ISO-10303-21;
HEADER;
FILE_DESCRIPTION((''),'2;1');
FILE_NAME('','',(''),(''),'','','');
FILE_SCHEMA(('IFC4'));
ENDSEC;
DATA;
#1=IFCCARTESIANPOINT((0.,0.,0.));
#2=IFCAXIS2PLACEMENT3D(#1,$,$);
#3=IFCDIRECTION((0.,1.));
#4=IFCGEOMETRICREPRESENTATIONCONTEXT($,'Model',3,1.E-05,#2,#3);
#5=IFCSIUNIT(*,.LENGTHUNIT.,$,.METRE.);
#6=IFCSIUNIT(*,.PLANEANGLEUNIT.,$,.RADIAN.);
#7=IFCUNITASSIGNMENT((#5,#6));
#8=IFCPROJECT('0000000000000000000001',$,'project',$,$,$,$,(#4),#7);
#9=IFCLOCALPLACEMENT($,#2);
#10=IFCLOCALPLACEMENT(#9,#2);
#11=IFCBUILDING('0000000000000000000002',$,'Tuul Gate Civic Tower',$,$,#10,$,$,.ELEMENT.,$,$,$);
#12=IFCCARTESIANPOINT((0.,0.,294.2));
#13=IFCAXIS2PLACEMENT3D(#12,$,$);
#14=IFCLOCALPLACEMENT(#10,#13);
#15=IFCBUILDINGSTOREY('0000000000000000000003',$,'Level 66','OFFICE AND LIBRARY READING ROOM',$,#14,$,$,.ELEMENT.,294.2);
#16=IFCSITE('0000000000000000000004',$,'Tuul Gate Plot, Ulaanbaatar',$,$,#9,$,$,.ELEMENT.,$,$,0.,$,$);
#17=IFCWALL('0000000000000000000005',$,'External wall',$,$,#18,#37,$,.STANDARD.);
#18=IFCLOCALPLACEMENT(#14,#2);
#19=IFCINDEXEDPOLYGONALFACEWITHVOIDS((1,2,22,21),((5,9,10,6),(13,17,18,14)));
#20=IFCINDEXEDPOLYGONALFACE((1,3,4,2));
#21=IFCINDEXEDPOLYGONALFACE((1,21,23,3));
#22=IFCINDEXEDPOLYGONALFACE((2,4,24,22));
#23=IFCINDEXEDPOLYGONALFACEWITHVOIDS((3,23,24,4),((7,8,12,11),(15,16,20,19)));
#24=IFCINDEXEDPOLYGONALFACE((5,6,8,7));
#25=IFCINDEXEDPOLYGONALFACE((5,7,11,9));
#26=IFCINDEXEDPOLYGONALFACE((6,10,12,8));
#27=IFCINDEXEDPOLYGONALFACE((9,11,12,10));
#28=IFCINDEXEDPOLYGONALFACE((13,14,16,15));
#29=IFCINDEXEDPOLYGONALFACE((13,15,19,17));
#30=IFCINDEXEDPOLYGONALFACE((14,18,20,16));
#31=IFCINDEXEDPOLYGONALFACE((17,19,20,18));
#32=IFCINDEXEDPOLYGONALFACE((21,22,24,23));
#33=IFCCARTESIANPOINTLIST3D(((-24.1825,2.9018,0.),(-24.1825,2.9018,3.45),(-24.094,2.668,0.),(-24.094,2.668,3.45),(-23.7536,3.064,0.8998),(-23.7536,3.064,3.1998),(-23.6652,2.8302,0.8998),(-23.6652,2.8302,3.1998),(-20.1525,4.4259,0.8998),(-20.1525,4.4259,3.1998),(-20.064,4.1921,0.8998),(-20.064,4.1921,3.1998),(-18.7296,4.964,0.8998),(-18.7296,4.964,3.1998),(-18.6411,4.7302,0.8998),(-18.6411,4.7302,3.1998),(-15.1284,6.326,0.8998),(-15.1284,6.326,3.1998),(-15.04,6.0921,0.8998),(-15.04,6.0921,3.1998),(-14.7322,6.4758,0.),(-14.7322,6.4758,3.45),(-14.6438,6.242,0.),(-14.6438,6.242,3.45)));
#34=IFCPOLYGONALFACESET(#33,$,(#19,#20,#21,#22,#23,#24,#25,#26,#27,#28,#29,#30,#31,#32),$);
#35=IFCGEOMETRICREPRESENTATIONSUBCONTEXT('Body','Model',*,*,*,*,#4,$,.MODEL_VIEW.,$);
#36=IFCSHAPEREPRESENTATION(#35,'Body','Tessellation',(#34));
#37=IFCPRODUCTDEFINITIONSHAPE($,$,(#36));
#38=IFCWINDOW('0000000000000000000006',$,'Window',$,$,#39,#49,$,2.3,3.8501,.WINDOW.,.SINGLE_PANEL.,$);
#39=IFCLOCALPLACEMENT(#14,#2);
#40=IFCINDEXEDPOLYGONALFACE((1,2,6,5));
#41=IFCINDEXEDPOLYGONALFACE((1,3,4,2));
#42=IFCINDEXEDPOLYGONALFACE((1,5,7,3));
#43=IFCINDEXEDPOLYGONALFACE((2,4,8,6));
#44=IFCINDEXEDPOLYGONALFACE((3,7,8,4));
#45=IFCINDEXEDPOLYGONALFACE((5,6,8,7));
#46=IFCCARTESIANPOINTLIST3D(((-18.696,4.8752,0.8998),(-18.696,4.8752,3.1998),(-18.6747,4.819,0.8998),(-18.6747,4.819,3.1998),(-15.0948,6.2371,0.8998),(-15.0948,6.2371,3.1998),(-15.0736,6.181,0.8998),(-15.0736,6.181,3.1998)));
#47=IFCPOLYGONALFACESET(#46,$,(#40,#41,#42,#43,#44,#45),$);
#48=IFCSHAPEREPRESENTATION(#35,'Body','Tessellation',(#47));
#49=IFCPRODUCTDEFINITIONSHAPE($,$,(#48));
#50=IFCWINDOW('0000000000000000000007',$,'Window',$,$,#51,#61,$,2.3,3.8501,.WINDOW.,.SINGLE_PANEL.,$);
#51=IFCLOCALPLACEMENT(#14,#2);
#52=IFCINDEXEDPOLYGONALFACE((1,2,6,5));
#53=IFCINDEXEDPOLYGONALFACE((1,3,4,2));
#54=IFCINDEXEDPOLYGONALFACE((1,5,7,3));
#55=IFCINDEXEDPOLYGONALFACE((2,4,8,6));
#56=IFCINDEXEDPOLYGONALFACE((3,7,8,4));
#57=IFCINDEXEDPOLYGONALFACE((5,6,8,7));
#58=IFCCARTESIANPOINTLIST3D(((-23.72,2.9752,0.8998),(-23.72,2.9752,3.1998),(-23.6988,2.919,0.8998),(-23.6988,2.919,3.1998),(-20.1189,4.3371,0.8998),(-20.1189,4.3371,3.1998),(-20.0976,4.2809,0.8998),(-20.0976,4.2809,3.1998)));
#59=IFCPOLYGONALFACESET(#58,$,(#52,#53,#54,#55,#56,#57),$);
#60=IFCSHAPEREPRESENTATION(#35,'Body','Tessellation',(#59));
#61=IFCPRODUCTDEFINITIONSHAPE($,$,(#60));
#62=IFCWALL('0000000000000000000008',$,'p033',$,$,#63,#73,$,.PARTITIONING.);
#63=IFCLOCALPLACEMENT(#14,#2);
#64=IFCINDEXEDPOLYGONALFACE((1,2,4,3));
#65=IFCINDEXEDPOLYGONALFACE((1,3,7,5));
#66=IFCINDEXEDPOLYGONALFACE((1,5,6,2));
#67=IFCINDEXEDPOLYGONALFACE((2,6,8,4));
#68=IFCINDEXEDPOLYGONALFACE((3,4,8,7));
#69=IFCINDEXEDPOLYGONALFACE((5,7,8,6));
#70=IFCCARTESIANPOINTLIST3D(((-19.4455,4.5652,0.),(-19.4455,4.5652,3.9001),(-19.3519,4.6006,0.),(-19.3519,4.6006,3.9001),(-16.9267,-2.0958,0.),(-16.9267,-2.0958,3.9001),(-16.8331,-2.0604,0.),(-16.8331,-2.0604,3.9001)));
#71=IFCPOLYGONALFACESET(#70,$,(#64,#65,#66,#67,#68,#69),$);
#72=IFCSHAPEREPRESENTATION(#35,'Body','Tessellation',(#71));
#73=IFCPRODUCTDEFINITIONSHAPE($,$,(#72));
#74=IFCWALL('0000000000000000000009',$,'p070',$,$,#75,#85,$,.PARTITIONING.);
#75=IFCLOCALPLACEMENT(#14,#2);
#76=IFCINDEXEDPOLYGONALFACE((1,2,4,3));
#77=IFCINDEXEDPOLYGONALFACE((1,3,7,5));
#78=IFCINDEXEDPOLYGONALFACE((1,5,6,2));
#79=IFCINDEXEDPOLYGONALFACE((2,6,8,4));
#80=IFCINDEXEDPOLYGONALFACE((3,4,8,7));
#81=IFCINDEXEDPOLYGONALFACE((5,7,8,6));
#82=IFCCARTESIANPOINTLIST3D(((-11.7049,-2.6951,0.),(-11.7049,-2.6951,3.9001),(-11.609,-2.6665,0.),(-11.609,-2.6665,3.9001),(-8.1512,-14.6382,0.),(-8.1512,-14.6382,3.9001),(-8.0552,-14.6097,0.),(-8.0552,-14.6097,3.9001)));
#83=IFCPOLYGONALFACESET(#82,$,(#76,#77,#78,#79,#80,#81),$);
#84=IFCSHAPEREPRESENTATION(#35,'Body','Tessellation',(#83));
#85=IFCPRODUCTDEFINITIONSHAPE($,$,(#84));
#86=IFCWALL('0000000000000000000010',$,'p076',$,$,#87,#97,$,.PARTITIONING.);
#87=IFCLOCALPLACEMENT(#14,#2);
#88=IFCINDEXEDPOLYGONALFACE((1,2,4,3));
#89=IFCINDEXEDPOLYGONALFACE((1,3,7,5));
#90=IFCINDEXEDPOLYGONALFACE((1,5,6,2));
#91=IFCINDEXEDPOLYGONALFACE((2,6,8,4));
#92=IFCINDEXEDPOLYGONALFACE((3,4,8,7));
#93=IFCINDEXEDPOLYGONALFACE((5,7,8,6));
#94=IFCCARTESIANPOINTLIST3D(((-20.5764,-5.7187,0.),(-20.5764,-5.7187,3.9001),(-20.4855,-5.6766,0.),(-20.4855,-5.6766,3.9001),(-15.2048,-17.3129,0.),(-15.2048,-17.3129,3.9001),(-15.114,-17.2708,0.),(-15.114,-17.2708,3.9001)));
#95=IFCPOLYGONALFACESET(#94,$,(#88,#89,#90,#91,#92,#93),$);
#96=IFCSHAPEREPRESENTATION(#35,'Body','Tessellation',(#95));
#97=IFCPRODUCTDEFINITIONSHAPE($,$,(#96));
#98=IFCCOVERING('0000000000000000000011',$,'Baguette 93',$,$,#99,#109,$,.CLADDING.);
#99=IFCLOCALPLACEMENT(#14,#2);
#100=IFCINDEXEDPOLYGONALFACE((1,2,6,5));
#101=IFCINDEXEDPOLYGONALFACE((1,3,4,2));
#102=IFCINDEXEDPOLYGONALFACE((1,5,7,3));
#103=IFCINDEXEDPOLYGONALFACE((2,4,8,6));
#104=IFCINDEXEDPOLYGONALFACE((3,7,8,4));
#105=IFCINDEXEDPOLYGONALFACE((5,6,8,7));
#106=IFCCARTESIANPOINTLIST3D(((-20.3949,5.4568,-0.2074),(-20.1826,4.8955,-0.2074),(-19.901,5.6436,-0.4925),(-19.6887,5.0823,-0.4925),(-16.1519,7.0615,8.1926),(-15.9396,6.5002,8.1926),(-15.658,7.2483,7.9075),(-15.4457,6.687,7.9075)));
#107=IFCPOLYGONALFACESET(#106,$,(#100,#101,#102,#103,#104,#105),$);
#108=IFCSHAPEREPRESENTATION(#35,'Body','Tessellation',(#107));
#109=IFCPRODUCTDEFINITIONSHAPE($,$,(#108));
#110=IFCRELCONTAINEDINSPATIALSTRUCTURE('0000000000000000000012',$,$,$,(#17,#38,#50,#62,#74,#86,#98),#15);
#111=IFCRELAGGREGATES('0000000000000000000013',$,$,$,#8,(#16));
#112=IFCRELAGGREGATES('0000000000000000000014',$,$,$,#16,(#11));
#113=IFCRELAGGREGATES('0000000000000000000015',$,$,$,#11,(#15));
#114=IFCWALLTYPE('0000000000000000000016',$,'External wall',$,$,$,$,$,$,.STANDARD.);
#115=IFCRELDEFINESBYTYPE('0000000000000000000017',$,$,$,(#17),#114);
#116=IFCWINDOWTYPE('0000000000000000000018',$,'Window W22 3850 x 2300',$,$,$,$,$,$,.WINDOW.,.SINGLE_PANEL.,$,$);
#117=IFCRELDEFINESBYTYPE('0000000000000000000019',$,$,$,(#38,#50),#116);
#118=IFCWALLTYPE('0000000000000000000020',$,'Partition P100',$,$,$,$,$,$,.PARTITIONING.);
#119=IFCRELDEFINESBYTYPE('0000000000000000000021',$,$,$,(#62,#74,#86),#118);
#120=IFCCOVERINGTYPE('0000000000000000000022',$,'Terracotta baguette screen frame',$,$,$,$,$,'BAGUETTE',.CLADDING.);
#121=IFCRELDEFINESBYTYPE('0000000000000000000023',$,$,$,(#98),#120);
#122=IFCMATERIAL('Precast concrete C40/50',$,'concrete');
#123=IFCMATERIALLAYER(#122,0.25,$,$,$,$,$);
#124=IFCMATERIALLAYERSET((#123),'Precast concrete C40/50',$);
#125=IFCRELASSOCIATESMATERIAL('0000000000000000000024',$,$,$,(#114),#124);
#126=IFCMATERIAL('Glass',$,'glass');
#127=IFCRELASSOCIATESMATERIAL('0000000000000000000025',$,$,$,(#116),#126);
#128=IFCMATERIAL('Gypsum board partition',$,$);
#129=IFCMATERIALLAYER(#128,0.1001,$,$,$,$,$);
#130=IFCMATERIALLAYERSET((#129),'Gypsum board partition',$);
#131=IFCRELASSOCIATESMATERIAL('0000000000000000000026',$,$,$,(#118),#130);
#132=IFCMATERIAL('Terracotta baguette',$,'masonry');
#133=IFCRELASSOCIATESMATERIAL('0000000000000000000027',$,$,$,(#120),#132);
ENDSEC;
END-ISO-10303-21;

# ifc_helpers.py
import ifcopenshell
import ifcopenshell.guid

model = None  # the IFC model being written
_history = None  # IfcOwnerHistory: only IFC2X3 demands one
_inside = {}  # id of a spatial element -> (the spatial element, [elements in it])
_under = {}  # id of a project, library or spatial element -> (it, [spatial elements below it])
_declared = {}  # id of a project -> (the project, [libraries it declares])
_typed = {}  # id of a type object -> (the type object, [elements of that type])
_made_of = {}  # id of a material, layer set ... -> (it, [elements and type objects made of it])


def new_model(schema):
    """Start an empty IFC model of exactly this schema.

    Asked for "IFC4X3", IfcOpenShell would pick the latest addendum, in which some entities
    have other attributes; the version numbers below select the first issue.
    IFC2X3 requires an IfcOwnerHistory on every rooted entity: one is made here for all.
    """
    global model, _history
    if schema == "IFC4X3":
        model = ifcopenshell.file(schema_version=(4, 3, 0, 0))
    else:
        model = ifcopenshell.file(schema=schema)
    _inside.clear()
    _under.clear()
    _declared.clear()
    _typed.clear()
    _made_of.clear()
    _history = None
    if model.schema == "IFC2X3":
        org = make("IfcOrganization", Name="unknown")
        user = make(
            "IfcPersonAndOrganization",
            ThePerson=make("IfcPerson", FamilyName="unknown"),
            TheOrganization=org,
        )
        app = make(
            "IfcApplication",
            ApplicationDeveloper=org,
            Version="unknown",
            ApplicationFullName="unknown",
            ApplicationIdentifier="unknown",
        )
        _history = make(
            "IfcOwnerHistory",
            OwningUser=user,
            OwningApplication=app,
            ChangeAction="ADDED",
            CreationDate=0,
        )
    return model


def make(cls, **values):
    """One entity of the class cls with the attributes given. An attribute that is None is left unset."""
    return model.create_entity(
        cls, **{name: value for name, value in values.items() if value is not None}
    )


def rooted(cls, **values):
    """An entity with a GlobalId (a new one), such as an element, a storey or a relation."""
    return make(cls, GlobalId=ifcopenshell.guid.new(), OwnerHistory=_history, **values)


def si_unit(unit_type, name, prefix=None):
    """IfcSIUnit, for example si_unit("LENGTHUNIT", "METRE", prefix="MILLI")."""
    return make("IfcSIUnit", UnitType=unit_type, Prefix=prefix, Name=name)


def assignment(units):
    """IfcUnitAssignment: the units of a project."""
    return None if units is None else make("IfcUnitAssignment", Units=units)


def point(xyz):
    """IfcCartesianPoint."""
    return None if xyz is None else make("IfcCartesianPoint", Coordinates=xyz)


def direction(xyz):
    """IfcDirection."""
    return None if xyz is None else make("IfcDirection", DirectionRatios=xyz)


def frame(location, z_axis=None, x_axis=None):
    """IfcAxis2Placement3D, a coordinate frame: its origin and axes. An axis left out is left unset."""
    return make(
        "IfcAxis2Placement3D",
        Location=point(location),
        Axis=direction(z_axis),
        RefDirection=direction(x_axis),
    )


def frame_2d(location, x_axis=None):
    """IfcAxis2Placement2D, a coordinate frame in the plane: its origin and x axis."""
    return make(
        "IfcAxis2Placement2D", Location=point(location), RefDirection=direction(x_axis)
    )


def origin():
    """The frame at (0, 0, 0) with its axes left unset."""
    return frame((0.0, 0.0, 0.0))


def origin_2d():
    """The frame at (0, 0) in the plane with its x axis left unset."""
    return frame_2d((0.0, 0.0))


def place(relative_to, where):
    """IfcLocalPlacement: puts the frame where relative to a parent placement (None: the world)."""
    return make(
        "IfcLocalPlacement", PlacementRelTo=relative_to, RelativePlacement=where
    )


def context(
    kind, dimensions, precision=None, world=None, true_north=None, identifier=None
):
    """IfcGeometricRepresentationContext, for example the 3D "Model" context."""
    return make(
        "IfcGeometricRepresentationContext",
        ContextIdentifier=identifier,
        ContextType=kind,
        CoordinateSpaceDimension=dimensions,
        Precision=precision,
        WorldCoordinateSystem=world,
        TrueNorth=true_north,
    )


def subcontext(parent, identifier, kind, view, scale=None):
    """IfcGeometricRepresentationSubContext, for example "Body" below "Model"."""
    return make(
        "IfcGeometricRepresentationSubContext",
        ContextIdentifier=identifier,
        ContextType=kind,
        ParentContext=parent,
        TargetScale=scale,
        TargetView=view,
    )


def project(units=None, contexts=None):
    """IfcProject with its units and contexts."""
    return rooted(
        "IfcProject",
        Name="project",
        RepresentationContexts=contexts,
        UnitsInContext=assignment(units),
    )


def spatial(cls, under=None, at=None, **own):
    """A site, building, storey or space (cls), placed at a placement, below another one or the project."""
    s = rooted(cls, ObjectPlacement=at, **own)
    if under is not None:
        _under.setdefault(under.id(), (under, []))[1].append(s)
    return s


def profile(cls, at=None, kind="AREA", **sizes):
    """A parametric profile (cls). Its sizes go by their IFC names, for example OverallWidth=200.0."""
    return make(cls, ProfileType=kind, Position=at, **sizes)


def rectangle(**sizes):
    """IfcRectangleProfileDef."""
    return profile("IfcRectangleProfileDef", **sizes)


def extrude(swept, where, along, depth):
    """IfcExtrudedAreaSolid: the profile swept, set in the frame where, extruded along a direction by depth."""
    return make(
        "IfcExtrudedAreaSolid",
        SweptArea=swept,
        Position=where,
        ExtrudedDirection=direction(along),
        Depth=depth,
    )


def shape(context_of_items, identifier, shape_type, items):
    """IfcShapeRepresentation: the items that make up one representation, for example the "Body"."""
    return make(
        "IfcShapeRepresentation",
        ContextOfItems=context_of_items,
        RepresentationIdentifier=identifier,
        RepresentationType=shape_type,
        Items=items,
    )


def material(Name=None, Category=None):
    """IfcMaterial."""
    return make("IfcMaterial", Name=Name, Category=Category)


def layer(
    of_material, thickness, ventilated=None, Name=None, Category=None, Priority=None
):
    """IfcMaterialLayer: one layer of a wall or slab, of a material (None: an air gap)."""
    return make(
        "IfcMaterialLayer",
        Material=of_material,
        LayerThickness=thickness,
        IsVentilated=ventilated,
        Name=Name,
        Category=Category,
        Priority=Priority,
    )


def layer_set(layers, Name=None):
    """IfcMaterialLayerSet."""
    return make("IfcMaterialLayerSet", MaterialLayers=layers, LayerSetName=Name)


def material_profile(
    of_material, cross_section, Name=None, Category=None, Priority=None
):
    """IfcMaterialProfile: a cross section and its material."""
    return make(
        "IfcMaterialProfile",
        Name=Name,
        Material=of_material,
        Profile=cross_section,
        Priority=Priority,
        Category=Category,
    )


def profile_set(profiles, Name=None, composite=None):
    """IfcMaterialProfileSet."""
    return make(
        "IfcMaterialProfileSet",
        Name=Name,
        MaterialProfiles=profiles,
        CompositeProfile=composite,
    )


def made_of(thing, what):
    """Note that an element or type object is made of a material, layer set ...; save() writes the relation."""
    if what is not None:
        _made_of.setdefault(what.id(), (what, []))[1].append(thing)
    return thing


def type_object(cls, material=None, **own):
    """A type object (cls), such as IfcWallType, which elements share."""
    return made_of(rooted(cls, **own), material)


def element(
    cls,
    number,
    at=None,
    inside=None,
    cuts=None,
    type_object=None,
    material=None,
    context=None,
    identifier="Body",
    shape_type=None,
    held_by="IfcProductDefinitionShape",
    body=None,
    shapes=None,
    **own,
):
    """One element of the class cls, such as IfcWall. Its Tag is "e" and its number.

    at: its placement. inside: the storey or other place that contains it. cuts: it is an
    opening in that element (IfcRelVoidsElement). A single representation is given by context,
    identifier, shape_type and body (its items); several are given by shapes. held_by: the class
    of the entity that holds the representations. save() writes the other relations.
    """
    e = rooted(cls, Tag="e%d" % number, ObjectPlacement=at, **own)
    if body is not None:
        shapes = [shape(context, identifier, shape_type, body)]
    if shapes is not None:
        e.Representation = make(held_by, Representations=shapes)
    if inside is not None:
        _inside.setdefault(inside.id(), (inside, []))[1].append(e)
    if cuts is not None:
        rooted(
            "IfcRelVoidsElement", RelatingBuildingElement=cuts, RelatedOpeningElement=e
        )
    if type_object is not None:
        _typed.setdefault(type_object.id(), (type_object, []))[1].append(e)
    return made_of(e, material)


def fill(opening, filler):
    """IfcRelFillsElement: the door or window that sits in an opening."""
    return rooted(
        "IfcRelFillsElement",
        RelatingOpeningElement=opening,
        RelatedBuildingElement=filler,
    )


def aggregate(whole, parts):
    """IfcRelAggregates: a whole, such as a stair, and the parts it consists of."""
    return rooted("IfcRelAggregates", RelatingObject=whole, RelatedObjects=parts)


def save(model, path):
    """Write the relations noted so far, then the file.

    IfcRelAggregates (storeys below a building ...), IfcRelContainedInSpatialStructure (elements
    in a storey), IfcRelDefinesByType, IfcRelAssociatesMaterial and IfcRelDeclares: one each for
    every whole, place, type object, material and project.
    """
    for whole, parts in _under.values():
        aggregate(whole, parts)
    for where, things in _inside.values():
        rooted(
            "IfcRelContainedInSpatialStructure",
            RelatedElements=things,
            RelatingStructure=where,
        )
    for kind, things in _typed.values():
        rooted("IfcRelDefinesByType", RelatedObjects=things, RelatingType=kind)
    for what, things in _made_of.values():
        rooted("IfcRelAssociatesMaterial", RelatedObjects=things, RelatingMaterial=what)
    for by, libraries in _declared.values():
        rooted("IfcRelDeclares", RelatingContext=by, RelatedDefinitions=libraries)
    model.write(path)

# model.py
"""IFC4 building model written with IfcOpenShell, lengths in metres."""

from ifc_helpers import new_model, si_unit, direction, frame, frame_2d, origin, origin_2d, place, context, subcontext, project, spatial, rectangle, extrude, material, layer, layer_set, material_profile, profile_set, type_object, element, fill, save


model = new_model("IFC4")

# Units and contexts
model_context = context("Model", 3, precision=1e-05, world=origin(), true_north=direction((0.0, 1.0)))
body_context = subcontext(model_context, "Body", "Model", "MODEL_VIEW")
ifc_project = project(units=[si_unit("LENGTHUNIT", "METRE"), si_unit("PLANEANGLEUNIT", "RADIAN")], contexts=[model_context])

# Site, building, storey
site_placement = place(None, origin())
site = spatial("IfcSite", under=ifc_project, at=site_placement, Name="Tuul Gate Plot, Ulaanbaatar", CompositionType="ELEMENT", RefElevation=0.0)
building_placement = place(site_placement, origin())
building = spatial("IfcBuilding", under=site, at=building_placement, Name="Tuul Gate Civic Tower", CompositionType="ELEMENT")
storey_placement = place(building_placement, frame((0.0, 0.0, 294.2)))
storey = spatial("IfcBuildingStorey", under=building, at=storey_placement, Name="Level 66", Description="OFFICE AND LIBRARY READING ROOM", CompositionType="ELEMENT", Elevation=294.2)

# Wall, openings, windows
ifc_material_1 = material(Name="Precast concrete C40/50", Category="concrete")
ifc_layer_1 = layer(ifc_material_1, 0.25)
ifc_layer_set_1 = layer_set([ifc_layer_1], Name="Precast concrete C40/50")
wall_type_1 = type_object("IfcWallType", Name="External wall", PredefinedType="STANDARD", material=ifc_layer_set_1)
ifc_material_2 = material(Name="Glass", Category="glass")
window_type = type_object("IfcWindowType", Name="Window W22 3850 x 2300", PartitioningType="SINGLE_PANEL", PredefinedType="WINDOW", material=ifc_material_2)
wall_1_placement = place(storey_placement, frame((-14.688, 6.3589, 0.0), z_axis=(0.0, 0.0, 1.0), x_axis=(-0.935344, -0.353738, 0.0)))
wall_1 = element("IfcWall", 1, at=wall_1_placement, inside=storey, type_object=wall_type_1, Name="External wall", PredefinedType="STANDARD", context=body_context, shape_type="SweptSolid", body=[
    extrude(rectangle(XDim=10.1035, YDim=0.25, at=frame_2d((5.0518, 0.0))), origin(), (0.0, 0.0, 1.0), 3.45),
])
opening_1_placement = place(wall_1_placement, frame((0.4236, 0.0, 0.8999)))
opening_1 = element("IfcOpeningElement", 2, at=opening_1_placement, cuts=wall_1, PredefinedType="OPENING", context=body_context, shape_type="SweptSolid", body=[
    extrude(rectangle(XDim=3.8501, YDim=2.3, at=frame_2d((1.925, 1.1499))), frame((0.0, 0.135, 0.0), z_axis=(0.0, -1.0, 0.0), x_axis=(1.0, 0.0, 0.0)), (0.0, 0.0, 1.0), 0.27),
])
opening_2_placement = place(wall_1_placement, frame((5.7949, 0.0, 0.8999)))
opening_2 = element("IfcOpeningElement", 3, at=opening_2_placement, cuts=wall_1, PredefinedType="OPENING", context=body_context, shape_type="SweptSolid", body=[
    extrude(rectangle(XDim=3.8501, YDim=2.3, at=frame_2d((1.925, 1.1499))), frame((0.0, 0.135, 0.0), z_axis=(0.0, -1.0, 0.0), x_axis=(1.0, 0.0, 0.0)), (0.0, 0.0, 1.0), 0.27),
])
window_1_placement = place(opening_1_placement, origin())
window_1 = element("IfcWindow", 4, at=window_1_placement, inside=storey, type_object=window_type, Name="Window", OverallHeight=2.3, OverallWidth=3.8501, PartitioningType="SINGLE_PANEL", PredefinedType="WINDOW", context=body_context, shape_type="SweptSolid", body=[
    extrude(rectangle(XDim=3.8501, YDim=2.3, at=frame_2d((1.925, 1.1499))), frame((0.0, 0.03, 0.0), z_axis=(0.0, -1.0, 0.0), x_axis=(1.0, 0.0, 0.0)), (0.0, 0.0, 1.0), 0.0601),
])
fill(opening_1, window_1)
window_2_placement = place(opening_2_placement, origin())
window_2 = element("IfcWindow", 5, at=window_2_placement, inside=storey, type_object=window_type, Name="Window", OverallHeight=2.3, OverallWidth=3.8501, PartitioningType="SINGLE_PANEL", PredefinedType="WINDOW", context=body_context, shape_type="SweptSolid", body=[
    extrude(rectangle(XDim=3.8501, YDim=2.3, at=frame_2d((1.925, 1.1499))), frame((0.0, 0.03, 0.0), z_axis=(0.0, -1.0, 0.0), x_axis=(1.0, 0.0, 0.0)), (0.0, 0.0, 1.0), 0.0601),
])
fill(opening_2, window_2)

# Walls
ifc_material_3 = material(Name="Gypsum board partition")
ifc_layer_2 = layer(ifc_material_3, 0.1001)
ifc_layer_set_2 = layer_set([ifc_layer_2], Name="Gypsum board partition")
wall_type_2 = type_object("IfcWallType", Name="Partition P100", PredefinedType="PARTITIONING", material=ifc_layer_set_2)
wall_2_placement = place(storey_placement, frame((-19.3987, 4.5828, 0.0), z_axis=(0.0, 0.0, 1.0), x_axis=(0.353703, -0.935358, 0.0)))
element("IfcWall", 6, at=wall_2_placement, inside=storey, type_object=wall_type_2, Name="p033", PredefinedType="PARTITIONING", context=body_context, shape_type="SweptSolid", body=[
    extrude(rectangle(XDim=7.1213, YDim=0.1001, at=frame_2d((3.5605, 0.0))), origin(), (0.0, 0.0, 1.0), 3.9001),
])
wall_3_placement = place(storey_placement, frame((-11.657, -2.6807, 0.0), z_axis=(0.0, 0.0, 1.0), x_axis=(0.285196, -0.958469, 0.0)))
element("IfcWall", 7, at=wall_3_placement, inside=storey, type_object=wall_type_2, Name="p070", PredefinedType="PARTITIONING", context=body_context, shape_type="SweptSolid", body=[
    extrude(rectangle(XDim=12.4607, YDim=0.1001, at=frame_2d((6.2305, 0.0))), origin(), (0.0, 0.0, 1.0), 3.9001),
])
wall_4_placement = place(storey_placement, frame((-20.531, -5.6975, 0.0), z_axis=(0.0, 0.0, 1.0), x_axis=(0.420374, -0.907351, 0.0)))
element("IfcWall", 8, at=wall_4_placement, inside=storey, type_object=wall_type_2, Name="p076", PredefinedType="PARTITIONING", context=body_context, shape_type="SweptSolid", body=[
    extrude(rectangle(XDim=12.7781, YDim=0.1001, at=frame_2d((6.3892, 0.0))), origin(), (0.0, 0.0, 1.0), 3.9001),
])

# Covering
ifc_material_4 = material(Name="Terracotta baguette", Category="masonry")
ifc_material_profile_1 = material_profile(ifc_material_4, rectangle(XDim=0.6001, YDim=0.6001, at=origin_2d()), Name="Terracotta baguette screen frame")
ifc_profile_set_1 = profile_set([ifc_material_profile_1], Name="Terracotta baguette")
covering_type = type_object("IfcCoveringType", Name="Terracotta baguette screen frame", ElementType="BAGUETTE", PredefinedType="CLADDING", material=ifc_profile_set_1)
covering_placement = place(storey_placement, frame((-15.7988, 6.8743, 8.05), z_axis=(-0.444447, -0.168097, -0.879892), x_axis=(0.353758, -0.935337, 0.0)))
element("IfcCovering", 9, at=covering_placement, inside=storey, type_object=covering_type, Name="Baguette 93", PredefinedType="CLADDING", context=body_context, shape_type="SweptSolid", body=[
    extrude(rectangle(XDim=0.6001, YDim=0.6001, at=origin_2d()), origin(), (0.0, 0.0, 1.0), 9.5466),
])

save(model, "model.ifc")
